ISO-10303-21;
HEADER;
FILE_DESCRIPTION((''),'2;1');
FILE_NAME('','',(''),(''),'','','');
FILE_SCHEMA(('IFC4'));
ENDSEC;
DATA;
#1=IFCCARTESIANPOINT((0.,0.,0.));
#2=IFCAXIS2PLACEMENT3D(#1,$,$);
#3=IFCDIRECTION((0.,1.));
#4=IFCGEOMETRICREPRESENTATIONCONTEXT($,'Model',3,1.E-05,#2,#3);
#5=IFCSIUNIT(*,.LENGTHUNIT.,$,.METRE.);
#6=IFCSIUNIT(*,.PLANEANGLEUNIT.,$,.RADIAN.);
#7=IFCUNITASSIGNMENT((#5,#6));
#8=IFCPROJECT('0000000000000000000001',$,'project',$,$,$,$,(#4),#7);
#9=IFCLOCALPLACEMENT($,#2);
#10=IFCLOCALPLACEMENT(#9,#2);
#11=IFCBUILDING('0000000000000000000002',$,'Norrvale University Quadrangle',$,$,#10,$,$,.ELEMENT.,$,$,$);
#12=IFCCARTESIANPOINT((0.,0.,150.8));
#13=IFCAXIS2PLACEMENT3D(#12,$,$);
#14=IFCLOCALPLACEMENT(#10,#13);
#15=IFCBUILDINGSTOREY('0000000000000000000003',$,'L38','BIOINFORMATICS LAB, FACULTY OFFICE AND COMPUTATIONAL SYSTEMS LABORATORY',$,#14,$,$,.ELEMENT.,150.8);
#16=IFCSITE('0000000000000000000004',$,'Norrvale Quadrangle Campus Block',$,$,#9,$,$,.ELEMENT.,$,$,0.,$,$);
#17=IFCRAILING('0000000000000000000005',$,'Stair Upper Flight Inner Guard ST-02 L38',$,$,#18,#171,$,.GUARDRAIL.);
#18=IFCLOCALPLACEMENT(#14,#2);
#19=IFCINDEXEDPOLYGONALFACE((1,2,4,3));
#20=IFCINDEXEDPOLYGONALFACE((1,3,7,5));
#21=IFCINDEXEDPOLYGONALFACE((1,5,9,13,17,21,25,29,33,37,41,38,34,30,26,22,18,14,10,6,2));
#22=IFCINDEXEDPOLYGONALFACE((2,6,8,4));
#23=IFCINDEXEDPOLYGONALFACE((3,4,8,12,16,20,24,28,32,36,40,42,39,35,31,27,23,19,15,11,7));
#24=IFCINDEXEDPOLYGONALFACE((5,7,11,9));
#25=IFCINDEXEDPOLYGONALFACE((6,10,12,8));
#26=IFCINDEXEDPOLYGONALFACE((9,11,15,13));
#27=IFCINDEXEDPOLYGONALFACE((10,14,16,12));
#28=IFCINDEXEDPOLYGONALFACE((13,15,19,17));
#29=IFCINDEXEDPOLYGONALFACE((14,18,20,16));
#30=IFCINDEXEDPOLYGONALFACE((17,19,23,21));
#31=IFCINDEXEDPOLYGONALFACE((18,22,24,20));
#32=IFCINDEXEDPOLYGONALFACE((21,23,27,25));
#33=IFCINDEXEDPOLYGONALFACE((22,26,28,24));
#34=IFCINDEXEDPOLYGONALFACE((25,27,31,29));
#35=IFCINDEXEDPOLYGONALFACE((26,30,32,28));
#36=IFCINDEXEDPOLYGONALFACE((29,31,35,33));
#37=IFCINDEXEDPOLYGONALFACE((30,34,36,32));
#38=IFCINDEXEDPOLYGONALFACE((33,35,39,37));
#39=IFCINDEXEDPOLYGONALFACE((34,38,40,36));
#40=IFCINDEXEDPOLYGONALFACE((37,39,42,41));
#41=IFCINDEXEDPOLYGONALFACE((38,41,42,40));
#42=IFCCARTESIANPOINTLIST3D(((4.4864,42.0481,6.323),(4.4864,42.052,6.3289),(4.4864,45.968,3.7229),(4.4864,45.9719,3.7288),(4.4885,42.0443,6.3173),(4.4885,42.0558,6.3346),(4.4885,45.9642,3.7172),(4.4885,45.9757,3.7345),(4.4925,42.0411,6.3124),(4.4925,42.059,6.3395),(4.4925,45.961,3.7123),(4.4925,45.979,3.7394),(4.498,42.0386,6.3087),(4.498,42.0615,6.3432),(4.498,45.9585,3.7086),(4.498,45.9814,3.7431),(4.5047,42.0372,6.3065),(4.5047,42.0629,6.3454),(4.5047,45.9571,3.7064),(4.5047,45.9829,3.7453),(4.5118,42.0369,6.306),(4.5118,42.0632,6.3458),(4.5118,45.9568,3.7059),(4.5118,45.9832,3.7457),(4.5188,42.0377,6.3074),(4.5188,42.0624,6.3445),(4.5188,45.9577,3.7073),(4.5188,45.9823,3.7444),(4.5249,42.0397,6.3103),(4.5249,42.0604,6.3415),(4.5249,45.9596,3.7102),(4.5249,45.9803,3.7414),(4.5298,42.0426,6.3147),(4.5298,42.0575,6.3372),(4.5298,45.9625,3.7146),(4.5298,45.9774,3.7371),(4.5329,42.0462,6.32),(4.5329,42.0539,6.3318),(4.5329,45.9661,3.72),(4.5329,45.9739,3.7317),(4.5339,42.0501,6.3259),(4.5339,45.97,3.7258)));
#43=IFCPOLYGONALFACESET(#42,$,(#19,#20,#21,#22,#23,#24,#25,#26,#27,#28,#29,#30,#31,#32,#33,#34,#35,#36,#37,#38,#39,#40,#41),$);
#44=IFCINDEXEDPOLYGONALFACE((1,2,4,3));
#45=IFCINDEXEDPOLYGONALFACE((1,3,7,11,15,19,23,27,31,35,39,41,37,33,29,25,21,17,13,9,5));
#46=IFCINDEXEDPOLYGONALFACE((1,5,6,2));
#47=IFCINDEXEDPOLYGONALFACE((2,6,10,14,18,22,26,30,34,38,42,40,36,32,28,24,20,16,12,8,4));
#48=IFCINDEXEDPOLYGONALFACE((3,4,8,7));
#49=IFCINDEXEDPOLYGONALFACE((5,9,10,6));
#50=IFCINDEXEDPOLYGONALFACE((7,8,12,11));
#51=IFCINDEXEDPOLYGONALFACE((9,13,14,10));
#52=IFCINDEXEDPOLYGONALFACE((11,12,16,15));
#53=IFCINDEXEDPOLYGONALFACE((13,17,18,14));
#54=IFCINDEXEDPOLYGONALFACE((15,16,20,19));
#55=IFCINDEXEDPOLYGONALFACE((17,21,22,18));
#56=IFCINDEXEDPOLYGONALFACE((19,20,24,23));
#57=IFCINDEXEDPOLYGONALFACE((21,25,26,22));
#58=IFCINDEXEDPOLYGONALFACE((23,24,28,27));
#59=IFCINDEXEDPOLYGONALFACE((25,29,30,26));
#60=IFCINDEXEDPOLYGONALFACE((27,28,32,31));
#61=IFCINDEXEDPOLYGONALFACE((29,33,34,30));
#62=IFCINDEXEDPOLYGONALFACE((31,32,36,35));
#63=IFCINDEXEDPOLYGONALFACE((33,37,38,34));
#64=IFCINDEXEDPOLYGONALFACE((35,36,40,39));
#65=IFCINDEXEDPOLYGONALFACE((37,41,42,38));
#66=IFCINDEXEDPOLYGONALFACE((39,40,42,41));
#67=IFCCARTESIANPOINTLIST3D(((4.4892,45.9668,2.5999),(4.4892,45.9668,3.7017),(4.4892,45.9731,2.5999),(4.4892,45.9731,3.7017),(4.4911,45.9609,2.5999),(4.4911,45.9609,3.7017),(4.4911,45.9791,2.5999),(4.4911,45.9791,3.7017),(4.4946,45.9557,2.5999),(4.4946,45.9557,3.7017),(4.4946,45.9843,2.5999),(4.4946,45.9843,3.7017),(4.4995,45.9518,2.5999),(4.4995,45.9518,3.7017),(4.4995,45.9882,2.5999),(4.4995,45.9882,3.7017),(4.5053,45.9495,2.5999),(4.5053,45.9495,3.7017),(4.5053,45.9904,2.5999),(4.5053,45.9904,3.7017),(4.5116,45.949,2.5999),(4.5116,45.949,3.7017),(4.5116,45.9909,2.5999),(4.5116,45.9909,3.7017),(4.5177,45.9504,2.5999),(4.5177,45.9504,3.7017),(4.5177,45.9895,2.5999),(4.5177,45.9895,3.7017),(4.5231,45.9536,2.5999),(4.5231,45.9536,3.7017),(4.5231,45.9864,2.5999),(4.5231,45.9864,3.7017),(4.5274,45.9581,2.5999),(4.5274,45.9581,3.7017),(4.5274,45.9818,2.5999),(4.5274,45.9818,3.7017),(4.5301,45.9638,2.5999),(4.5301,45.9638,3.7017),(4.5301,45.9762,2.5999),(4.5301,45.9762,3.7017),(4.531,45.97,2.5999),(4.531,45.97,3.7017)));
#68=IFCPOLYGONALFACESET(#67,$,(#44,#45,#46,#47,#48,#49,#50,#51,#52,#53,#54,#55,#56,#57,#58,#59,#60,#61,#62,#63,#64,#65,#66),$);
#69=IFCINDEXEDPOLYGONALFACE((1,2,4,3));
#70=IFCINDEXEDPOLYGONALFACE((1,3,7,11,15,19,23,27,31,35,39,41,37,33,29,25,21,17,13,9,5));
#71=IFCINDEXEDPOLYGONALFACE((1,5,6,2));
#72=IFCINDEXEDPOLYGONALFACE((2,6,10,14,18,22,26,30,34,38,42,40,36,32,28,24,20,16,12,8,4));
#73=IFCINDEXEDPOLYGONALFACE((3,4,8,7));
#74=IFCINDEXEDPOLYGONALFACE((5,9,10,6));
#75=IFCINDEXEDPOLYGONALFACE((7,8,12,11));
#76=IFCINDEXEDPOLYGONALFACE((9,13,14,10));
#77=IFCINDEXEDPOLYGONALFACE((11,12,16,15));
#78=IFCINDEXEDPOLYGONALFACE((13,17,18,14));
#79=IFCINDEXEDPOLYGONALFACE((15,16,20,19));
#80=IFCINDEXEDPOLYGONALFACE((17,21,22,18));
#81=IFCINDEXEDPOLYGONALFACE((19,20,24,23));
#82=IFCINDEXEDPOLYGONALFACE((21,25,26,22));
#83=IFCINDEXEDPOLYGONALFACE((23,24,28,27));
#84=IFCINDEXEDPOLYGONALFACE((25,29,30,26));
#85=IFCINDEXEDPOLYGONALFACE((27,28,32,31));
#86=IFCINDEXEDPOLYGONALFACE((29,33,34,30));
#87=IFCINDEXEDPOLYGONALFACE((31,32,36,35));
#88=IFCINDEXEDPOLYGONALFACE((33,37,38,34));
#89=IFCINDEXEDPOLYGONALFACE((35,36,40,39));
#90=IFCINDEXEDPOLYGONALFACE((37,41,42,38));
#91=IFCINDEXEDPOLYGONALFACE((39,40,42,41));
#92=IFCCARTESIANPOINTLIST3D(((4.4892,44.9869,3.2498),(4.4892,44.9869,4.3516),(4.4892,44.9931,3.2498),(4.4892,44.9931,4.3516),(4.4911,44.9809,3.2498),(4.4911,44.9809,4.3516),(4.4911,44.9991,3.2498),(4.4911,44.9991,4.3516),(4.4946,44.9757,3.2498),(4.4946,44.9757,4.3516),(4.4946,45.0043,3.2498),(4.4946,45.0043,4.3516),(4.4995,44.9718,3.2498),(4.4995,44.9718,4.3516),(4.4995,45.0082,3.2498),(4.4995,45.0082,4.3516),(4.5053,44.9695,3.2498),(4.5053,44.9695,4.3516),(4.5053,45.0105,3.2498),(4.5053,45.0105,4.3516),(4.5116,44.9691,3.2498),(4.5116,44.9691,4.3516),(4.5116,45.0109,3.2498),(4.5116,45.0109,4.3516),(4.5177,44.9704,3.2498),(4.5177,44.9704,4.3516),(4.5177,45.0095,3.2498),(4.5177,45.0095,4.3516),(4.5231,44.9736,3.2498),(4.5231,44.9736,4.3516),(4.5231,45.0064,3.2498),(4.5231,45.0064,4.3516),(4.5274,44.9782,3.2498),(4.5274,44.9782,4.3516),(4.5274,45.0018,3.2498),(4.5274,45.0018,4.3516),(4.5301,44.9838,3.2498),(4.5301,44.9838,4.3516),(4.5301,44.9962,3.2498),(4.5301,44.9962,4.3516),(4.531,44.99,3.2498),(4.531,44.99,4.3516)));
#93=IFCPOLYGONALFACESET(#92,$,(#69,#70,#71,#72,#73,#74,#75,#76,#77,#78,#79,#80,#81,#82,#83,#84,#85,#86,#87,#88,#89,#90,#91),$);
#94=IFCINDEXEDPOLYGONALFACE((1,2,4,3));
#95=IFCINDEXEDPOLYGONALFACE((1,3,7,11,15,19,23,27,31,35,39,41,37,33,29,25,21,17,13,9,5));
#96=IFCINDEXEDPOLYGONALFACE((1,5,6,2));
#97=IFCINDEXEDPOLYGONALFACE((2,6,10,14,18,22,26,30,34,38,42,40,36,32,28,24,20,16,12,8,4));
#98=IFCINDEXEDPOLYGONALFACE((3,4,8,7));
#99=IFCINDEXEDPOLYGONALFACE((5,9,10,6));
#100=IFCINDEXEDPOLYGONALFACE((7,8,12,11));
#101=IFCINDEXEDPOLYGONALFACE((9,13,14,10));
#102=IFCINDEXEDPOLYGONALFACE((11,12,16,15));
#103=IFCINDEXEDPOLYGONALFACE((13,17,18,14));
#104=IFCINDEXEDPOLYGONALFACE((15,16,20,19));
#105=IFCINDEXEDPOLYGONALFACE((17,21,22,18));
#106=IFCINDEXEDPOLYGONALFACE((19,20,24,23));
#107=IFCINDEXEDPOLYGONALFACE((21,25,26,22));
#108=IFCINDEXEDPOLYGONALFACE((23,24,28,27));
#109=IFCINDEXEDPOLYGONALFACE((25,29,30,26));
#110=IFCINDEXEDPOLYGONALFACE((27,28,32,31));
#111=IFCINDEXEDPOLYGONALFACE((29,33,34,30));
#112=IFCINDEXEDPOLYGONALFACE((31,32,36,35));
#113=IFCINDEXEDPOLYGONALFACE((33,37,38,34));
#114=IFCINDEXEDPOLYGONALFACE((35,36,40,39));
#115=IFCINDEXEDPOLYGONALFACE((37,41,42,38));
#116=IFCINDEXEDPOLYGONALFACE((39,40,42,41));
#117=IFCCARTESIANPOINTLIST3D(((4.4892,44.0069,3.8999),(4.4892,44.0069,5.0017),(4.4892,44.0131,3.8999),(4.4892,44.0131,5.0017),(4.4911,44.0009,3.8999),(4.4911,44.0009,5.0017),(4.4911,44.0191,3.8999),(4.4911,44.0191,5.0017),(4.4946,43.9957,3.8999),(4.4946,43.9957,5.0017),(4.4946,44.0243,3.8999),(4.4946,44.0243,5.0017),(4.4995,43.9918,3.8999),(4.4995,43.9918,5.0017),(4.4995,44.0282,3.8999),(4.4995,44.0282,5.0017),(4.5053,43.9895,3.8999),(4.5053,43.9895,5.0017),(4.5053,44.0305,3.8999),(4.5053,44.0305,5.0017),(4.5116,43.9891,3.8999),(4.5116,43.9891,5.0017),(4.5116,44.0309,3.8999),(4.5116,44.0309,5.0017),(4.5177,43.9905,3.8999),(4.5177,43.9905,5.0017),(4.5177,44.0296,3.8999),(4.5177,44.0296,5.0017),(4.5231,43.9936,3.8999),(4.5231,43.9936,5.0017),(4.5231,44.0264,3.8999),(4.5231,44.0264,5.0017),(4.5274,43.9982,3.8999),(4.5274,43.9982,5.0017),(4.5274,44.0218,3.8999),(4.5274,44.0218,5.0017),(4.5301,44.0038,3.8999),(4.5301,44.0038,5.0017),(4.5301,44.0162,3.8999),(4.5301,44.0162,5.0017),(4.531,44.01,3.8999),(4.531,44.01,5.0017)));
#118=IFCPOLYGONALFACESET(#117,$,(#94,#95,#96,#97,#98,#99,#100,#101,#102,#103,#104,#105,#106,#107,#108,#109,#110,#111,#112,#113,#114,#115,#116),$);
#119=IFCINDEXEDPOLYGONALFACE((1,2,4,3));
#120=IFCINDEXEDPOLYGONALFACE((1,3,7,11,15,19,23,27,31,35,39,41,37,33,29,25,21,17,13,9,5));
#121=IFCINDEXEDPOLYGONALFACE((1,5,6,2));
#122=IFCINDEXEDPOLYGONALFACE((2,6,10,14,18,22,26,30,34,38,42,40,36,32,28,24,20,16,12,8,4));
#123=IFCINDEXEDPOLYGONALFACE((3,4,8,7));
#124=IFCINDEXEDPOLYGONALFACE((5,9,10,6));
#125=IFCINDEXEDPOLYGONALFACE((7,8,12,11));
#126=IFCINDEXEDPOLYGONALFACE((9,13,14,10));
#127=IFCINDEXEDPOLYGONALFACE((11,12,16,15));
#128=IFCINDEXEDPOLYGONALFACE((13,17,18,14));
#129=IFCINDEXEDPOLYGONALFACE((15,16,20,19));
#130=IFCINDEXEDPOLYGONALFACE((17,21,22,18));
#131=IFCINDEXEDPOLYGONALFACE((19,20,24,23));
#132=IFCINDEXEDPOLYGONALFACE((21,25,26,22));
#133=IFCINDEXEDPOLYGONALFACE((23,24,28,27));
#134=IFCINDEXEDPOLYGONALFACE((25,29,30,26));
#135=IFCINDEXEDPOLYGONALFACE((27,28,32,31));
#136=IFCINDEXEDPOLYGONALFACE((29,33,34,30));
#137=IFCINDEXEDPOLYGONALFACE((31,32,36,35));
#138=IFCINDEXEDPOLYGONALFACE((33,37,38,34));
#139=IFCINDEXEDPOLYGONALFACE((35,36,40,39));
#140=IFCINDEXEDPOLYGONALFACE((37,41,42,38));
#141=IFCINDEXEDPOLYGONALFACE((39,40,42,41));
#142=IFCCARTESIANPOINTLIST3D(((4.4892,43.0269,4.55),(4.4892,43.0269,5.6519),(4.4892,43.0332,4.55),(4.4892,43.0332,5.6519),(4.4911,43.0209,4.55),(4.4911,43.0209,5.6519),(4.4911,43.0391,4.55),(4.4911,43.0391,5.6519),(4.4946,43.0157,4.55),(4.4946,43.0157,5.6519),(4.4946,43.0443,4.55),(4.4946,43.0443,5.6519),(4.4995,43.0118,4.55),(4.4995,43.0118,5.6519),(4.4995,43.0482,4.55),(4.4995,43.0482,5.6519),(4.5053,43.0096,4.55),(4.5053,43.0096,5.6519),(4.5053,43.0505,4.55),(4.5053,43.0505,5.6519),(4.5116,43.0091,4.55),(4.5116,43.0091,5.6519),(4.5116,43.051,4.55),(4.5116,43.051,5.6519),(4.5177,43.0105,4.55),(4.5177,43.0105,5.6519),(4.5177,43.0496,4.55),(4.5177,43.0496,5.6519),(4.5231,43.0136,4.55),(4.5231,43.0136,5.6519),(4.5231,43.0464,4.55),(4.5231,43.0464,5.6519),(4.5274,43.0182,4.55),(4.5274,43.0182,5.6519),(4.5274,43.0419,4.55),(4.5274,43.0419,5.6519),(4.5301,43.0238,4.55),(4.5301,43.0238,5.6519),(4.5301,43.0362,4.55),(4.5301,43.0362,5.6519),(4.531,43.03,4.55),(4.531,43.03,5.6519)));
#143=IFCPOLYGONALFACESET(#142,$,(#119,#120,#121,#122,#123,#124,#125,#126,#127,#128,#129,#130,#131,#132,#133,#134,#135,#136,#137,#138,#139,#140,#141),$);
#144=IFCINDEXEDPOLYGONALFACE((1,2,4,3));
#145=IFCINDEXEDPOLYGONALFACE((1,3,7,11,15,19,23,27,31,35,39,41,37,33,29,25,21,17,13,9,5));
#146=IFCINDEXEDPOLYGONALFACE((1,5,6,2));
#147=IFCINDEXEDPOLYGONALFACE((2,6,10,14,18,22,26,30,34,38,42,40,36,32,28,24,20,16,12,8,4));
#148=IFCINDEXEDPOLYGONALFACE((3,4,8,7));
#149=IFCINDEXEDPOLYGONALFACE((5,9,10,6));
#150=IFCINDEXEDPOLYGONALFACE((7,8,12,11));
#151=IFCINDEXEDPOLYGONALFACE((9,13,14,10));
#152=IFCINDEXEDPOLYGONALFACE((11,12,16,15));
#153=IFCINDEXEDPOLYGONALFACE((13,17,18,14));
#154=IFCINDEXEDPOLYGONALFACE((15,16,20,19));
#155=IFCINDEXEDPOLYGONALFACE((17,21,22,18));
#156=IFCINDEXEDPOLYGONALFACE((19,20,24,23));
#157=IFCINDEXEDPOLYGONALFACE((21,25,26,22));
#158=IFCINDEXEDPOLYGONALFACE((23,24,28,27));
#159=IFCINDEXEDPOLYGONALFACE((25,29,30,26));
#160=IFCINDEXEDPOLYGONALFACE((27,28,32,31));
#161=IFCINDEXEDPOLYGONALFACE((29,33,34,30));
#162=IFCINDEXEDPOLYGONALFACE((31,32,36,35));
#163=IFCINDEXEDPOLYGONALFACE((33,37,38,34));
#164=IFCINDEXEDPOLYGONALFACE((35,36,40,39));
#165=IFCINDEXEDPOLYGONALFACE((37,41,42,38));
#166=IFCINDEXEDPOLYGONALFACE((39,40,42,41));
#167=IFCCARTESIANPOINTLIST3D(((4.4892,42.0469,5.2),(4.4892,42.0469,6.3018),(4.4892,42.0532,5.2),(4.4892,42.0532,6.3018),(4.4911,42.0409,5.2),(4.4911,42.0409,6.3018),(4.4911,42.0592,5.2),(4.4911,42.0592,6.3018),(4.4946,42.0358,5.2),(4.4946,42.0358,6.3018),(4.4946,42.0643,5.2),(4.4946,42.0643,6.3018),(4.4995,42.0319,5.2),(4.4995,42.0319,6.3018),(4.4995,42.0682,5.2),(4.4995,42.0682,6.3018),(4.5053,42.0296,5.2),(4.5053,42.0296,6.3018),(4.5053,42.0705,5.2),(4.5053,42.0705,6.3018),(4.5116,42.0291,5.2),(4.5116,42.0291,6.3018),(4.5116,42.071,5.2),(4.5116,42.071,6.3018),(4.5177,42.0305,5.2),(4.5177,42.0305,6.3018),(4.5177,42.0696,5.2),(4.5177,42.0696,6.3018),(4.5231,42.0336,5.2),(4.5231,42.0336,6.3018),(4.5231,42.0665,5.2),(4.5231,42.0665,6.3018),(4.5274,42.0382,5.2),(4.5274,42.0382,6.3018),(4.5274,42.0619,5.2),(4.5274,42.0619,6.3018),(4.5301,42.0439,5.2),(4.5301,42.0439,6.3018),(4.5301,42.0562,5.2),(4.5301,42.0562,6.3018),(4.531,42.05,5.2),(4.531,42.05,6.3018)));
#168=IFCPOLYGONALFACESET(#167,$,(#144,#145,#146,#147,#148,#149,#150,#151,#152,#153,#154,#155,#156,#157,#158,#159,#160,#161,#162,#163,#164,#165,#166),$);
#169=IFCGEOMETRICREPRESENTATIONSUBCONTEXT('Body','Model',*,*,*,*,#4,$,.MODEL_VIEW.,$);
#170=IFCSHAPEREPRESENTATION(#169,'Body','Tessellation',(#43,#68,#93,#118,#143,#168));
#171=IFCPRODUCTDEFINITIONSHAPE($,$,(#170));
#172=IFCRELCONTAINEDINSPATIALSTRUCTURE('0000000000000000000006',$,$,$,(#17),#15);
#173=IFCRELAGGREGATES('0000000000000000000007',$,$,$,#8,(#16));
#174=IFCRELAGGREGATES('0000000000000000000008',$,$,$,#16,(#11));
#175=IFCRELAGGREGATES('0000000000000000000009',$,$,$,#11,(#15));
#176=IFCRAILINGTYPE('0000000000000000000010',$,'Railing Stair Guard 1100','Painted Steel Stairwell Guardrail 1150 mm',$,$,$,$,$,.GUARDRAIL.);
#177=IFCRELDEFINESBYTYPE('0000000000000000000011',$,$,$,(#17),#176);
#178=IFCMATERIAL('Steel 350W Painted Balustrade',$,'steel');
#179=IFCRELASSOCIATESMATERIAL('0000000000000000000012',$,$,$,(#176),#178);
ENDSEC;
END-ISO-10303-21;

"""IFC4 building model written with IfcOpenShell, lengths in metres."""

from ifc_helpers import new_model, si_unit, direction, frame, origin, origin_2d, place, context, subcontext, project, spatial, circle, extrude, material, type_object, element, save


model = new_model("IFC4")

# Units and contexts
model_context = context("Model", 3, precision=1e-05, world=origin(), true_north=direction((0.0, 1.0)))
body_context = subcontext(model_context, "Body", "Model", "MODEL_VIEW")
ifc_project = project(units=[si_unit("LENGTHUNIT", "METRE"), si_unit("PLANEANGLEUNIT", "RADIAN")], contexts=[model_context])

# Site, building, storey
site_placement = place(None, origin())
site = spatial("IfcSite", under=ifc_project, at=site_placement, Name="Norrvale Quadrangle Campus Block", CompositionType="ELEMENT", RefElevation=0.0)
building_placement = place(site_placement, origin())
building = spatial("IfcBuilding", under=site, at=building_placement, Name="Norrvale University Quadrangle", CompositionType="ELEMENT")
storey_placement = place(building_placement, frame((0.0, 0.0, 150.8)))
storey = spatial("IfcBuildingStorey", under=building, at=storey_placement, Name="L38", Description="BIOINFORMATICS LAB, FACULTY OFFICE AND COMPUTATIONAL SYSTEMS LABORATORY", CompositionType="ELEMENT", Elevation=150.8)

# Railing
ifc_material_1 = material(Name="Steel 350W Painted Balustrade", Category="steel")
railing_type_1 = type_object("IfcRailingType", Name="Railing Stair Guard 1100", Description="Painted Steel Stairwell Guardrail 1150 mm", PredefinedType="GUARDRAIL", material=ifc_material_1)
railing_1_placement = place(storey_placement, frame((4.51, 45.97, 2.5999)))
element("IfcRailing", 1, at=railing_1_placement, inside=storey, type_object=railing_type_1, Name="Stair Upper Flight Inner Guard ST-02 L38", PredefinedType="GUARDRAIL", context=body_context, shape_type="SweptSolid", body=[
    extrude(circle(Radius=0.0239, at=origin_2d()), frame((0.0, 0.0, 1.126), z_axis=(0.0, -0.833342, 0.552758), x_axis=(1.0, 0.0, 0.0)), (0.0, 0.0, 1.0), 4.7039),
    extrude(circle(Radius=0.021, at=origin_2d()), origin(), (0.0, 0.0, 1.0), 1.1018),
    extrude(circle(Radius=0.021, at=origin_2d()), frame((0.0, -0.98, 0.6499)), (0.0, 0.0, 1.0), 1.1018),
    extrude(circle(Radius=0.021, at=origin_2d()), frame((0.0, -1.96, 1.3)), (0.0, 0.0, 1.0), 1.1018),
    extrude(circle(Radius=0.021, at=origin_2d()), frame((0.0, -2.9399, 1.9502)), (0.0, 0.0, 1.0), 1.1018),
    extrude(circle(Radius=0.021, at=origin_2d()), frame((0.0, -3.9199, 2.6001)), (0.0, 0.0, 1.0), 1.1018),
])

save(model, "model.ifc")
